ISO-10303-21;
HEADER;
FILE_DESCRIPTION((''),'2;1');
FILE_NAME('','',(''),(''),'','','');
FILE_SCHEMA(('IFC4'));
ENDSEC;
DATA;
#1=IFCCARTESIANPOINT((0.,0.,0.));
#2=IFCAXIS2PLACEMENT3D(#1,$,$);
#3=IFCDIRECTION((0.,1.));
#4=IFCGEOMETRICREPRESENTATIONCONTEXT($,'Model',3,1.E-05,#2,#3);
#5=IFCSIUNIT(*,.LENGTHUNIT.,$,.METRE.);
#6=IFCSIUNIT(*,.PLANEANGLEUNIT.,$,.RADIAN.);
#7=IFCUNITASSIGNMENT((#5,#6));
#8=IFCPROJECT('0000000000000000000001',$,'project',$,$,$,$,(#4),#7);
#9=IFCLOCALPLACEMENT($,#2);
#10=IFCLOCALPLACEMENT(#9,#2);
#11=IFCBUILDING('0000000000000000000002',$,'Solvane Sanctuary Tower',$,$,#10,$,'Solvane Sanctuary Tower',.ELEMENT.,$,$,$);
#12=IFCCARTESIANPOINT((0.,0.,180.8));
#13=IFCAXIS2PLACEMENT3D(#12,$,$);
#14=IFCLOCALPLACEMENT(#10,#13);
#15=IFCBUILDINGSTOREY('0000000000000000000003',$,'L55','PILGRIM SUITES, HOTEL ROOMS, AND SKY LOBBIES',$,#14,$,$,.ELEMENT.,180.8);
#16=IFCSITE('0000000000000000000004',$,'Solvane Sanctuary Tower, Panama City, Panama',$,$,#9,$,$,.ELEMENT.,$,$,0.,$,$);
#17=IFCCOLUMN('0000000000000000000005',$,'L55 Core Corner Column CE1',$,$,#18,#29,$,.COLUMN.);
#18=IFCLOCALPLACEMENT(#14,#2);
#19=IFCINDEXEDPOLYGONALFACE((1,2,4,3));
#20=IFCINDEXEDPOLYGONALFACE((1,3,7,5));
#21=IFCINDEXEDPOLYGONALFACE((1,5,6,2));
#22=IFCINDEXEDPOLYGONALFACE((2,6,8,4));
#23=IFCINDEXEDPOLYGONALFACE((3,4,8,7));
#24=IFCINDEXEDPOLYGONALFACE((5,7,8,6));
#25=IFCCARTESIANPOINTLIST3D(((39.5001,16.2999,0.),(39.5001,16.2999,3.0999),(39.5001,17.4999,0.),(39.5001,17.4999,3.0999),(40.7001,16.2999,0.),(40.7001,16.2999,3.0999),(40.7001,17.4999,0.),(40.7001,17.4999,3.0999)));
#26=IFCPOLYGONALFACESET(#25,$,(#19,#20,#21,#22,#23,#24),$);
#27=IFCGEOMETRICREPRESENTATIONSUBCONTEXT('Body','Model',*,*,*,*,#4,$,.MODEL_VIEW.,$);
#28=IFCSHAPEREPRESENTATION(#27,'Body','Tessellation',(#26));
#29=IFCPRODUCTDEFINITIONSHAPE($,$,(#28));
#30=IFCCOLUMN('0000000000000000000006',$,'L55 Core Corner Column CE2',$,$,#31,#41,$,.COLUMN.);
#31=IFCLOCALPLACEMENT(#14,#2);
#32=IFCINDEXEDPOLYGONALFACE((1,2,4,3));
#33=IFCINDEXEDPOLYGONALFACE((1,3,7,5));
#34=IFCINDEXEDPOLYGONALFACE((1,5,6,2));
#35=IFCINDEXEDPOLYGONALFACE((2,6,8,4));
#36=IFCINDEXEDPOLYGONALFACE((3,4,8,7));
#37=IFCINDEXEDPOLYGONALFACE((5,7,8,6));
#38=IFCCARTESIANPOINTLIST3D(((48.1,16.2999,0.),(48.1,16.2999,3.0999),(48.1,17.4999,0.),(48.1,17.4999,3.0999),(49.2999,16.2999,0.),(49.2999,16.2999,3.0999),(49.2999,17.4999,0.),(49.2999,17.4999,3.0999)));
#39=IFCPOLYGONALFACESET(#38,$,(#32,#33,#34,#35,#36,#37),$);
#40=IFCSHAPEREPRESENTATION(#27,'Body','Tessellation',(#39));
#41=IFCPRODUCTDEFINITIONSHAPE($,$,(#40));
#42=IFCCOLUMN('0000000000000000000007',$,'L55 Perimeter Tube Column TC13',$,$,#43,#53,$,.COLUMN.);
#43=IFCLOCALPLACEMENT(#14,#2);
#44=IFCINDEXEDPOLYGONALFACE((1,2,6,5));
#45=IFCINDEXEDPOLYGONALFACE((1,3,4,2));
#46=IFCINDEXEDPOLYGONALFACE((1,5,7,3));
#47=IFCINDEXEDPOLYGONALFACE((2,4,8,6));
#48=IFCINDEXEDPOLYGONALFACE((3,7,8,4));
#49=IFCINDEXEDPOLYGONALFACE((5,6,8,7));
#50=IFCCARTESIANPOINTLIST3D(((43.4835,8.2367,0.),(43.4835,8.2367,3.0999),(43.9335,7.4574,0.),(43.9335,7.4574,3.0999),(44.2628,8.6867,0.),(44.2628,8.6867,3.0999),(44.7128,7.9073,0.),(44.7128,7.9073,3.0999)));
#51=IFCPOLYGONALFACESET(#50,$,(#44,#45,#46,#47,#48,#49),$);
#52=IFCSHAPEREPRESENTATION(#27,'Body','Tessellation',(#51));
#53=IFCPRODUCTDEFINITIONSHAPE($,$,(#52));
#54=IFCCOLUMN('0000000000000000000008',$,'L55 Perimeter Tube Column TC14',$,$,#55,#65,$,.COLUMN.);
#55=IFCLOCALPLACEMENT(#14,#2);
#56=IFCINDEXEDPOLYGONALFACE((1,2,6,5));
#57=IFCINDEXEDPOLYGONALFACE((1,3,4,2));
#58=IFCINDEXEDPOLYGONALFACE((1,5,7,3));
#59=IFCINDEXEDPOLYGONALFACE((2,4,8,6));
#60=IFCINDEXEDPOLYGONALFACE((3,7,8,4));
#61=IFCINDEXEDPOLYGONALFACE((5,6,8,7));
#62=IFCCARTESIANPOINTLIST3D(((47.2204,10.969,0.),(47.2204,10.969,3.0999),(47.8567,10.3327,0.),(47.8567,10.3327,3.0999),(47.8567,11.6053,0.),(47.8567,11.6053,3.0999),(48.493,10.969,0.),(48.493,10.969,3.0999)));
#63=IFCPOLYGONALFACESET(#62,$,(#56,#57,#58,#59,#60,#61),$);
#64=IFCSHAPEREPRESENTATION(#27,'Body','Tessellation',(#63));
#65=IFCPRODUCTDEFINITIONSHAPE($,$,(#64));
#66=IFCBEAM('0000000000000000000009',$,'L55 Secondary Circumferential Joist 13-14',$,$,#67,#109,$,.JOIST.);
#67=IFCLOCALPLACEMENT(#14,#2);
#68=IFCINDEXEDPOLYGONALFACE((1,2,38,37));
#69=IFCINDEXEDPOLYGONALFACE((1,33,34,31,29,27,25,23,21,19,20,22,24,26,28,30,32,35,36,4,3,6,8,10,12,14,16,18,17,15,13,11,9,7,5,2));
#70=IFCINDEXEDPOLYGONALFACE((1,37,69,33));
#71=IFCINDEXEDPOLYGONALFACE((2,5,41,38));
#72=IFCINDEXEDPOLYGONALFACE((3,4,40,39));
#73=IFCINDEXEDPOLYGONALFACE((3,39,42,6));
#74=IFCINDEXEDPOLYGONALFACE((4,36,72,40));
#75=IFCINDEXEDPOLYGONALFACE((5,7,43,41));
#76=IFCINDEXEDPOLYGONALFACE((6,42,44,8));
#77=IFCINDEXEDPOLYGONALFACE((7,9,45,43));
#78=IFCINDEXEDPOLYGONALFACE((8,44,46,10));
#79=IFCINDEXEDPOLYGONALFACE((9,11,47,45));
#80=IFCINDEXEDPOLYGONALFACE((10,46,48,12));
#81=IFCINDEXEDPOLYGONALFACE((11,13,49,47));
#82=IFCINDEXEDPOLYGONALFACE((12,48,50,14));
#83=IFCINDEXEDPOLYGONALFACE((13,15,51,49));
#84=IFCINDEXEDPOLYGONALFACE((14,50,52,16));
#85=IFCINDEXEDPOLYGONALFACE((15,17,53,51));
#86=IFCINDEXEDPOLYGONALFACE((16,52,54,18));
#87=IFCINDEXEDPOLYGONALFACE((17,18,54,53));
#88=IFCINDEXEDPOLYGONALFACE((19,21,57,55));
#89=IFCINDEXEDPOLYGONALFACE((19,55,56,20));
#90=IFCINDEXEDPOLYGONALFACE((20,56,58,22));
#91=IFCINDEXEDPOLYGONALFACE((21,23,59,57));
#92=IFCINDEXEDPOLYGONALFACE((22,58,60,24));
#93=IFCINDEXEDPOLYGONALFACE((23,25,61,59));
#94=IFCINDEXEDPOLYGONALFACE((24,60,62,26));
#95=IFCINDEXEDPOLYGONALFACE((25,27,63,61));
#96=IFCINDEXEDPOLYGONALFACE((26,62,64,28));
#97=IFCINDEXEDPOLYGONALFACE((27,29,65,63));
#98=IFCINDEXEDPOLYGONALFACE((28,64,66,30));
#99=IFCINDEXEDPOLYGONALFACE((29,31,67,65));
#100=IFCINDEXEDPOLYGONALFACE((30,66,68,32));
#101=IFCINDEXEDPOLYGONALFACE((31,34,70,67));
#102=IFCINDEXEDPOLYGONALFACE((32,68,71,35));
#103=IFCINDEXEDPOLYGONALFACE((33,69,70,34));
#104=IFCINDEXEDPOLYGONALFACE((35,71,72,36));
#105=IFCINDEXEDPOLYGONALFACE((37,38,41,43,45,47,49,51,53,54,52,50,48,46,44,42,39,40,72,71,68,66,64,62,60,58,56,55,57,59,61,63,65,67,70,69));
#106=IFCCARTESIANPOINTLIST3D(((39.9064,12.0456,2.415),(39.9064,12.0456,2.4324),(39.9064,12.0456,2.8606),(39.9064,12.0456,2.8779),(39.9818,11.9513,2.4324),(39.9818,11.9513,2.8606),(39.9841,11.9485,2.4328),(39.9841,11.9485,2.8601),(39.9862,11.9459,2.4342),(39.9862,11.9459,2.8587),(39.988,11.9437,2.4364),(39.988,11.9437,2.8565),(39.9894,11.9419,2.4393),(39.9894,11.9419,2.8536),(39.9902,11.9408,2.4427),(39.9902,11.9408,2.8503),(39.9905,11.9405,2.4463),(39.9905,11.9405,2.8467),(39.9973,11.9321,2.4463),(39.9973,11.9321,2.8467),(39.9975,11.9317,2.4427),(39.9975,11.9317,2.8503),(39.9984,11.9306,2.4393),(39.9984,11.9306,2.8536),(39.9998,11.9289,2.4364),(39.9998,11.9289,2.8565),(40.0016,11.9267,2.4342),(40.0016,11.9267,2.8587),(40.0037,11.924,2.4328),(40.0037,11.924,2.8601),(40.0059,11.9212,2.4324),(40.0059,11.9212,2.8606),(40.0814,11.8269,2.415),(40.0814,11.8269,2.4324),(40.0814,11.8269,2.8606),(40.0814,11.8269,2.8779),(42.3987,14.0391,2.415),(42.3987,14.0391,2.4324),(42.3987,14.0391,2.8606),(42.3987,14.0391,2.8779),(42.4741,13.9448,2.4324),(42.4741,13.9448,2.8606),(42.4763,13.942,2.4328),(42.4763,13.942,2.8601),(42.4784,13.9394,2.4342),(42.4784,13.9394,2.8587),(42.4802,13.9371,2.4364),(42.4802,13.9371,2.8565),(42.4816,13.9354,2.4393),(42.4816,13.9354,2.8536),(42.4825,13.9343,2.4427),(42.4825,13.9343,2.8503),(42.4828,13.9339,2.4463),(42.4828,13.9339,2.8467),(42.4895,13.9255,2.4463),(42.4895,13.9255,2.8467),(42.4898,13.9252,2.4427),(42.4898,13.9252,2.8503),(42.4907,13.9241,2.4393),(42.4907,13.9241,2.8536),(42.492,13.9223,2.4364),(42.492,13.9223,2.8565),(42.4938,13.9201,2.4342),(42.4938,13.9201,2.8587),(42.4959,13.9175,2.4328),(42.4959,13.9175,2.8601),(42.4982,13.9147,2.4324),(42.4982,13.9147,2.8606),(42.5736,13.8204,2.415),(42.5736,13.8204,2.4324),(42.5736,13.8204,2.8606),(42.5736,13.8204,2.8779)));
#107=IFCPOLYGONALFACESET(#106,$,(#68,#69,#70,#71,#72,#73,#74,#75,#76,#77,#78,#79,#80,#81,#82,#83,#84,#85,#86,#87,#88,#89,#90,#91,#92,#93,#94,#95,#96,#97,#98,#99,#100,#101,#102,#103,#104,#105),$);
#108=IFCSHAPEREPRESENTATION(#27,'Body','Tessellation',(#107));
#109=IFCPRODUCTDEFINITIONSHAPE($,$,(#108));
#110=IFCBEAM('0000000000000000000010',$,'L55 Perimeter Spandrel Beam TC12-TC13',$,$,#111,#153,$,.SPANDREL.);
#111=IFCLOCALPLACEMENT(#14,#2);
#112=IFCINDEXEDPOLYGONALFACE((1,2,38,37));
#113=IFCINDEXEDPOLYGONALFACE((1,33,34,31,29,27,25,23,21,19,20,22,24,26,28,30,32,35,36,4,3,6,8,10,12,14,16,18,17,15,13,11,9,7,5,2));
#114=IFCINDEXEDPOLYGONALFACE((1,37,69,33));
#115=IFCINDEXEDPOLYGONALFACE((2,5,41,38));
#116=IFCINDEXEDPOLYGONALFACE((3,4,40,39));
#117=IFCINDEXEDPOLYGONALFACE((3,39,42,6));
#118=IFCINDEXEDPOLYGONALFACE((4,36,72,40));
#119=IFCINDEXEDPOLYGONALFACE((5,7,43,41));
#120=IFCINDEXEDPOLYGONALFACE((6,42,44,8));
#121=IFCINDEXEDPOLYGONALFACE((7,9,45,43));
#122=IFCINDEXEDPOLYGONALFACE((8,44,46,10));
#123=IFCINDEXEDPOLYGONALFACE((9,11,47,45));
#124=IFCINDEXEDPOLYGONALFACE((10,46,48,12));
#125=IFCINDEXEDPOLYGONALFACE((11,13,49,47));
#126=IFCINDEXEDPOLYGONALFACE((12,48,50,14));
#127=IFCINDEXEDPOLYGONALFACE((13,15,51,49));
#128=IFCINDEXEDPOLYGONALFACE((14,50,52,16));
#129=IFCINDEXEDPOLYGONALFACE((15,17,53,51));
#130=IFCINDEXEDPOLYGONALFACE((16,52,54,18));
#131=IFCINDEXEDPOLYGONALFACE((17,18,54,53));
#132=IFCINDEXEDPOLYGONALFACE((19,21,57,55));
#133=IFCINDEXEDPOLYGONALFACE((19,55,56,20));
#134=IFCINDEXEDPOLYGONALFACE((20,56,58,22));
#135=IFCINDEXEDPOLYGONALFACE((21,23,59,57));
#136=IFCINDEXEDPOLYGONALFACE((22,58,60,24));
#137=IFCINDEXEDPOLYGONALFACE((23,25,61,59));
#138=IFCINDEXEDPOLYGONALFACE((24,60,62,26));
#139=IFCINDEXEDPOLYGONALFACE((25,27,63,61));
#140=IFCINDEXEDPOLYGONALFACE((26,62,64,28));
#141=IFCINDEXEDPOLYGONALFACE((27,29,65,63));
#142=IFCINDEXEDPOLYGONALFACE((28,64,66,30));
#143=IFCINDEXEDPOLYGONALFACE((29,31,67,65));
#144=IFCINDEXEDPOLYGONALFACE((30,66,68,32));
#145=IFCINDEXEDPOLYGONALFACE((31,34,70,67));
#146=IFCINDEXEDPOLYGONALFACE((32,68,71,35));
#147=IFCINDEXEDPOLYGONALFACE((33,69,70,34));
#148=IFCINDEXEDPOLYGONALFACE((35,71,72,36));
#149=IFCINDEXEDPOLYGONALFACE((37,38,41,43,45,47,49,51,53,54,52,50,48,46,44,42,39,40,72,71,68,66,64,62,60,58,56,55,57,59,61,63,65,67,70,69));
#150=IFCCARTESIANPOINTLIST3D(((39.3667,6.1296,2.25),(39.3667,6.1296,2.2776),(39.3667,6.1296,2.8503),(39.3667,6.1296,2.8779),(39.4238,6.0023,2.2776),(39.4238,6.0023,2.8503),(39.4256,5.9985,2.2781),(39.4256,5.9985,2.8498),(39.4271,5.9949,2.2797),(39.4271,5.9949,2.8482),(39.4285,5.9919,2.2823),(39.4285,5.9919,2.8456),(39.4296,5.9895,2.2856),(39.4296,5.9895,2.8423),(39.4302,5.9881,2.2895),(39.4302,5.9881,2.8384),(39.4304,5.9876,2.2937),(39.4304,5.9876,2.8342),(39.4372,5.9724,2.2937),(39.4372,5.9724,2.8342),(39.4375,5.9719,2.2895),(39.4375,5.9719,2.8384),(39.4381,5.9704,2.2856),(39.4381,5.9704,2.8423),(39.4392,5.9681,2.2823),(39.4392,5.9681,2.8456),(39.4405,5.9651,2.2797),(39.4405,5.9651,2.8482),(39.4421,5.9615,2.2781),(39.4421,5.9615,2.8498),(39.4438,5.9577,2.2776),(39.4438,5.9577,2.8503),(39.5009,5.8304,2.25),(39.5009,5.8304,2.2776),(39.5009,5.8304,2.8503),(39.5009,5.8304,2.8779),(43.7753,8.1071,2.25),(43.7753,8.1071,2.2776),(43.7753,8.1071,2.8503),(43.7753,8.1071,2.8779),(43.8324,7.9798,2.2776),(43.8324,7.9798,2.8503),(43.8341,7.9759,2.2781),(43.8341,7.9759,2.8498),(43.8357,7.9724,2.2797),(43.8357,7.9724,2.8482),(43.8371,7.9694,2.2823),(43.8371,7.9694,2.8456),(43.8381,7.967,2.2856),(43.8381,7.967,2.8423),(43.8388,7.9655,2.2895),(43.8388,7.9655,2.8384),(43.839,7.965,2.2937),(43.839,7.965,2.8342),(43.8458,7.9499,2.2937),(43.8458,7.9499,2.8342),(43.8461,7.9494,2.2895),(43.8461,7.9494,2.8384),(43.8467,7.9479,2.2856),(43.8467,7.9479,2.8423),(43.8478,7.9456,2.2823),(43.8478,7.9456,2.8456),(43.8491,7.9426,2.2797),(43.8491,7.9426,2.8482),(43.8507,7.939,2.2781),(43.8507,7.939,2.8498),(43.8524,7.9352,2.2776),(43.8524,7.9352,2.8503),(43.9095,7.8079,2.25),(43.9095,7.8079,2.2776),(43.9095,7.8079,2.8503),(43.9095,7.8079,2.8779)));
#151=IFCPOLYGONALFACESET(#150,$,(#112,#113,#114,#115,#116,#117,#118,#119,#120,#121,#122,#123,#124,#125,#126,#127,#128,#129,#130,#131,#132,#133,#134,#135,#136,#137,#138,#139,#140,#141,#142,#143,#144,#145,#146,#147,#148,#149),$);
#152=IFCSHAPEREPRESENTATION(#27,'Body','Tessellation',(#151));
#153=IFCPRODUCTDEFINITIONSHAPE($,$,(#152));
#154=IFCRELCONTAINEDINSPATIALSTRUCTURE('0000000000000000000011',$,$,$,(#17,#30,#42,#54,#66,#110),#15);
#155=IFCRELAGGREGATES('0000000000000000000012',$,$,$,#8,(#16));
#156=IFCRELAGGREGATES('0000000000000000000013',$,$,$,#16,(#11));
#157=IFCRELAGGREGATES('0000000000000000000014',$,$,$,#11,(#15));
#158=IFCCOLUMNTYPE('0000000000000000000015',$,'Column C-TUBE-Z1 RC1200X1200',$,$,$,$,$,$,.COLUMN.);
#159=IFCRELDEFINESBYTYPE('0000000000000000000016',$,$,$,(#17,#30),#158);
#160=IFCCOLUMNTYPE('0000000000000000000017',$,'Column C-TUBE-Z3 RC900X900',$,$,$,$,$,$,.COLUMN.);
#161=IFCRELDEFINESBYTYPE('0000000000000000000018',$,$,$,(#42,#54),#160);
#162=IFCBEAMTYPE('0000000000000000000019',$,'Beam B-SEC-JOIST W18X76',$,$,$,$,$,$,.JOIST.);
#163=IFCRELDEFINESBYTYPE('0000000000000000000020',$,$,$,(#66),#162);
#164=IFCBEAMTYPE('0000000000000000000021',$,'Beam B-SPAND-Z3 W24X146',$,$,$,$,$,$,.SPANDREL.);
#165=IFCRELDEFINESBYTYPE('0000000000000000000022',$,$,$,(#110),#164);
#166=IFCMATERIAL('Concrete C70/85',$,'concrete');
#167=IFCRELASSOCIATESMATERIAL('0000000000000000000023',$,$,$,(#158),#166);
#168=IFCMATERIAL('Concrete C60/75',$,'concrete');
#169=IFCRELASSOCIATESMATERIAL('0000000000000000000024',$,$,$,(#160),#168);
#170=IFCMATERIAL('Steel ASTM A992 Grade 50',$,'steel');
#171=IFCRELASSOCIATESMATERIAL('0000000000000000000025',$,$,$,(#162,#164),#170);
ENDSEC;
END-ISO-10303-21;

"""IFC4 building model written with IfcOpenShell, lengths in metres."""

from ifc_helpers import new_model, si_unit, direction, frame, origin, origin_2d, place, context, subcontext, project, spatial, rectangle, i_section, extrude, material, material_profile, profile_set, type_object, element, save


model = new_model("IFC4")

# Units and contexts
model_context = context("Model", 3, precision=1e-05, world=origin(), true_north=direction((0.0, 1.0)))
body_context = subcontext(model_context, "Body", "Model", "MODEL_VIEW")
ifc_project = project(units=[si_unit("LENGTHUNIT", "METRE"), si_unit("PLANEANGLEUNIT", "RADIAN")], contexts=[model_context])

# Site, building, storey
site_placement = place(None, origin())
site = spatial("IfcSite", under=ifc_project, at=site_placement, Name="Solvane Sanctuary Tower, Panama City, Panama", CompositionType="ELEMENT", RefElevation=0.0)
building_placement = place(site_placement, origin())
building = spatial("IfcBuilding", under=site, at=building_placement, Name="Solvane Sanctuary Tower", LongName="Solvane Sanctuary Tower", CompositionType="ELEMENT")
storey_placement = place(building_placement, frame((0.0, 0.0, 180.8)))
storey = spatial("IfcBuildingStorey", under=building, at=storey_placement, Name="L55", Description="PILGRIM SUITES, HOTEL ROOMS, AND SKY LOBBIES", CompositionType="ELEMENT", Elevation=180.8)

# Columns
ifc_material_1 = material(Name="Concrete C70/85", Category="concrete")
ifc_material_profile_1 = material_profile(ifc_material_1, rectangle(XDim=1.2, YDim=1.2, at=origin_2d()), Name="RC1200X1200")
ifc_profile_set_1 = profile_set([ifc_material_profile_1], Name="Concrete C70/85")
column_type_1 = type_object("IfcColumnType", Name="Column C-TUBE-Z1 RC1200X1200", PredefinedType="COLUMN", material=ifc_profile_set_1)
for number, where, z_axis, x_axis, name in (
    (1, (40.1001, 16.8999, 0.0), (0.0, 0.0, 1.0), (1.0, 0.0, 0.0), "L55 Core Corner Column CE1"),
    (2, (48.7, 16.8999, 0.0), (0.0, 0.0, 1.0), (1.0, 0.0, 0.0), "L55 Core Corner Column CE2"),
):
    element("IfcColumn", number, at=place(storey_placement, frame(where, z_axis=z_axis, x_axis=x_axis)), inside=storey, type_object=column_type_1, Name=name, PredefinedType="COLUMN", context=body_context, shape_type="SweptSolid", body=[
        extrude(rectangle(XDim=1.2, YDim=1.2, at=origin_2d()), origin(), (0.0, 0.0, 1.0), 3.0999),
    ])
ifc_material_2 = material(Name="Concrete C60/75", Category="concrete")
ifc_material_profile_2 = material_profile(ifc_material_2, rectangle(XDim=0.8999, YDim=0.8999, at=origin_2d()), Name="RC900X900")
ifc_profile_set_2 = profile_set([ifc_material_profile_2], Name="Concrete C60/75")
column_type_2 = type_object("IfcColumnType", Name="Column C-TUBE-Z3 RC900X900", PredefinedType="COLUMN", material=ifc_profile_set_2)
for number, where, z_axis, x_axis, name in (
    (3, (44.0981, 8.072, 0.0), (0.0, 0.0, 1.0), (0.5, -0.866025, 0.0), "L55 Perimeter Tube Column TC13"),
    (4, (47.8567, 10.969, 0.0), (0.0, 0.0, 1.0), (0.707107, -0.707107, 0.0), "L55 Perimeter Tube Column TC14"),
):
    element("IfcColumn", number, at=place(storey_placement, frame(where, z_axis=z_axis, x_axis=x_axis)), inside=storey, type_object=column_type_2, Name=name, PredefinedType="COLUMN", context=body_context, shape_type="SweptSolid", body=[
        extrude(rectangle(XDim=0.8999, YDim=0.8999, at=origin_2d()), origin(), (0.0, 0.0, 1.0), 3.0999),
    ])

# Beams
ifc_material_3 = material(Name="Steel ASTM A992 Grade 50", Category="steel")
ifc_material_profile_3 = material_profile(ifc_material_3, i_section(OverallWidth=0.28, OverallDepth=0.4629, WebThickness=0.0107, FlangeThickness=0.0173, FilletRadius=0.0139, at=origin_2d()), Name="W18X76")
ifc_profile_set_3 = profile_set([ifc_material_profile_3], Name="Steel ASTM A992 Grade 50")
beam_type_1 = type_object("IfcBeamType", Name="Beam B-SEC-JOIST W18X76", PredefinedType="JOIST", material=ifc_profile_set_3)
beam_1_placement = place(storey_placement, frame((39.9939, 11.9363, 2.6465), z_axis=(0.780921, 0.62463, 0.0), x_axis=(-0.62463, 0.780921, 0.0)))
element("IfcBeam", 5, at=beam_1_placement, inside=storey, type_object=beam_type_1, Name="L55 Secondary Circumferential Joist 13-14", PredefinedType="JOIST", context=body_context, shape_type="SweptSolid", body=[
    extrude(i_section(OverallWidth=0.28, OverallDepth=0.4629, WebThickness=0.0107, FlangeThickness=0.0173, FilletRadius=0.0139, at=origin_2d()), origin(), (0.0, 0.0, 1.0), 3.1914),
])
ifc_material_profile_4 = material_profile(ifc_material_3, i_section(OverallWidth=0.3279, OverallDepth=0.6279, WebThickness=0.0166, FlangeThickness=0.0276, FilletRadius=0.0161, at=origin_2d()), Name="W24X146")
ifc_profile_set_4 = profile_set([ifc_material_profile_4], Name="Steel ASTM A992 Grade 50")
beam_type_2 = type_object("IfcBeamType", Name="Beam B-SPAND-Z3 W24X146", PredefinedType="SPANDREL", material=ifc_profile_set_4)
beam_2_placement = place(storey_placement, frame((39.4338, 5.98, 2.564), z_axis=(0.912414, 0.409268, 0.0), x_axis=(-0.409268, 0.912414, 0.0)))
element("IfcBeam", 6, at=beam_2_placement, inside=storey, type_object=beam_type_2, Name="L55 Perimeter Spandrel Beam TC12-TC13", PredefinedType="SPANDREL", context=body_context, shape_type="SweptSolid", body=[
    extrude(i_section(OverallWidth=0.3279, OverallDepth=0.6279, WebThickness=0.0166, FlangeThickness=0.0276, FilletRadius=0.0161, at=origin_2d()), origin(), (0.0, 0.0, 1.0), 4.8318),
])

save(model, "model.ifc")
